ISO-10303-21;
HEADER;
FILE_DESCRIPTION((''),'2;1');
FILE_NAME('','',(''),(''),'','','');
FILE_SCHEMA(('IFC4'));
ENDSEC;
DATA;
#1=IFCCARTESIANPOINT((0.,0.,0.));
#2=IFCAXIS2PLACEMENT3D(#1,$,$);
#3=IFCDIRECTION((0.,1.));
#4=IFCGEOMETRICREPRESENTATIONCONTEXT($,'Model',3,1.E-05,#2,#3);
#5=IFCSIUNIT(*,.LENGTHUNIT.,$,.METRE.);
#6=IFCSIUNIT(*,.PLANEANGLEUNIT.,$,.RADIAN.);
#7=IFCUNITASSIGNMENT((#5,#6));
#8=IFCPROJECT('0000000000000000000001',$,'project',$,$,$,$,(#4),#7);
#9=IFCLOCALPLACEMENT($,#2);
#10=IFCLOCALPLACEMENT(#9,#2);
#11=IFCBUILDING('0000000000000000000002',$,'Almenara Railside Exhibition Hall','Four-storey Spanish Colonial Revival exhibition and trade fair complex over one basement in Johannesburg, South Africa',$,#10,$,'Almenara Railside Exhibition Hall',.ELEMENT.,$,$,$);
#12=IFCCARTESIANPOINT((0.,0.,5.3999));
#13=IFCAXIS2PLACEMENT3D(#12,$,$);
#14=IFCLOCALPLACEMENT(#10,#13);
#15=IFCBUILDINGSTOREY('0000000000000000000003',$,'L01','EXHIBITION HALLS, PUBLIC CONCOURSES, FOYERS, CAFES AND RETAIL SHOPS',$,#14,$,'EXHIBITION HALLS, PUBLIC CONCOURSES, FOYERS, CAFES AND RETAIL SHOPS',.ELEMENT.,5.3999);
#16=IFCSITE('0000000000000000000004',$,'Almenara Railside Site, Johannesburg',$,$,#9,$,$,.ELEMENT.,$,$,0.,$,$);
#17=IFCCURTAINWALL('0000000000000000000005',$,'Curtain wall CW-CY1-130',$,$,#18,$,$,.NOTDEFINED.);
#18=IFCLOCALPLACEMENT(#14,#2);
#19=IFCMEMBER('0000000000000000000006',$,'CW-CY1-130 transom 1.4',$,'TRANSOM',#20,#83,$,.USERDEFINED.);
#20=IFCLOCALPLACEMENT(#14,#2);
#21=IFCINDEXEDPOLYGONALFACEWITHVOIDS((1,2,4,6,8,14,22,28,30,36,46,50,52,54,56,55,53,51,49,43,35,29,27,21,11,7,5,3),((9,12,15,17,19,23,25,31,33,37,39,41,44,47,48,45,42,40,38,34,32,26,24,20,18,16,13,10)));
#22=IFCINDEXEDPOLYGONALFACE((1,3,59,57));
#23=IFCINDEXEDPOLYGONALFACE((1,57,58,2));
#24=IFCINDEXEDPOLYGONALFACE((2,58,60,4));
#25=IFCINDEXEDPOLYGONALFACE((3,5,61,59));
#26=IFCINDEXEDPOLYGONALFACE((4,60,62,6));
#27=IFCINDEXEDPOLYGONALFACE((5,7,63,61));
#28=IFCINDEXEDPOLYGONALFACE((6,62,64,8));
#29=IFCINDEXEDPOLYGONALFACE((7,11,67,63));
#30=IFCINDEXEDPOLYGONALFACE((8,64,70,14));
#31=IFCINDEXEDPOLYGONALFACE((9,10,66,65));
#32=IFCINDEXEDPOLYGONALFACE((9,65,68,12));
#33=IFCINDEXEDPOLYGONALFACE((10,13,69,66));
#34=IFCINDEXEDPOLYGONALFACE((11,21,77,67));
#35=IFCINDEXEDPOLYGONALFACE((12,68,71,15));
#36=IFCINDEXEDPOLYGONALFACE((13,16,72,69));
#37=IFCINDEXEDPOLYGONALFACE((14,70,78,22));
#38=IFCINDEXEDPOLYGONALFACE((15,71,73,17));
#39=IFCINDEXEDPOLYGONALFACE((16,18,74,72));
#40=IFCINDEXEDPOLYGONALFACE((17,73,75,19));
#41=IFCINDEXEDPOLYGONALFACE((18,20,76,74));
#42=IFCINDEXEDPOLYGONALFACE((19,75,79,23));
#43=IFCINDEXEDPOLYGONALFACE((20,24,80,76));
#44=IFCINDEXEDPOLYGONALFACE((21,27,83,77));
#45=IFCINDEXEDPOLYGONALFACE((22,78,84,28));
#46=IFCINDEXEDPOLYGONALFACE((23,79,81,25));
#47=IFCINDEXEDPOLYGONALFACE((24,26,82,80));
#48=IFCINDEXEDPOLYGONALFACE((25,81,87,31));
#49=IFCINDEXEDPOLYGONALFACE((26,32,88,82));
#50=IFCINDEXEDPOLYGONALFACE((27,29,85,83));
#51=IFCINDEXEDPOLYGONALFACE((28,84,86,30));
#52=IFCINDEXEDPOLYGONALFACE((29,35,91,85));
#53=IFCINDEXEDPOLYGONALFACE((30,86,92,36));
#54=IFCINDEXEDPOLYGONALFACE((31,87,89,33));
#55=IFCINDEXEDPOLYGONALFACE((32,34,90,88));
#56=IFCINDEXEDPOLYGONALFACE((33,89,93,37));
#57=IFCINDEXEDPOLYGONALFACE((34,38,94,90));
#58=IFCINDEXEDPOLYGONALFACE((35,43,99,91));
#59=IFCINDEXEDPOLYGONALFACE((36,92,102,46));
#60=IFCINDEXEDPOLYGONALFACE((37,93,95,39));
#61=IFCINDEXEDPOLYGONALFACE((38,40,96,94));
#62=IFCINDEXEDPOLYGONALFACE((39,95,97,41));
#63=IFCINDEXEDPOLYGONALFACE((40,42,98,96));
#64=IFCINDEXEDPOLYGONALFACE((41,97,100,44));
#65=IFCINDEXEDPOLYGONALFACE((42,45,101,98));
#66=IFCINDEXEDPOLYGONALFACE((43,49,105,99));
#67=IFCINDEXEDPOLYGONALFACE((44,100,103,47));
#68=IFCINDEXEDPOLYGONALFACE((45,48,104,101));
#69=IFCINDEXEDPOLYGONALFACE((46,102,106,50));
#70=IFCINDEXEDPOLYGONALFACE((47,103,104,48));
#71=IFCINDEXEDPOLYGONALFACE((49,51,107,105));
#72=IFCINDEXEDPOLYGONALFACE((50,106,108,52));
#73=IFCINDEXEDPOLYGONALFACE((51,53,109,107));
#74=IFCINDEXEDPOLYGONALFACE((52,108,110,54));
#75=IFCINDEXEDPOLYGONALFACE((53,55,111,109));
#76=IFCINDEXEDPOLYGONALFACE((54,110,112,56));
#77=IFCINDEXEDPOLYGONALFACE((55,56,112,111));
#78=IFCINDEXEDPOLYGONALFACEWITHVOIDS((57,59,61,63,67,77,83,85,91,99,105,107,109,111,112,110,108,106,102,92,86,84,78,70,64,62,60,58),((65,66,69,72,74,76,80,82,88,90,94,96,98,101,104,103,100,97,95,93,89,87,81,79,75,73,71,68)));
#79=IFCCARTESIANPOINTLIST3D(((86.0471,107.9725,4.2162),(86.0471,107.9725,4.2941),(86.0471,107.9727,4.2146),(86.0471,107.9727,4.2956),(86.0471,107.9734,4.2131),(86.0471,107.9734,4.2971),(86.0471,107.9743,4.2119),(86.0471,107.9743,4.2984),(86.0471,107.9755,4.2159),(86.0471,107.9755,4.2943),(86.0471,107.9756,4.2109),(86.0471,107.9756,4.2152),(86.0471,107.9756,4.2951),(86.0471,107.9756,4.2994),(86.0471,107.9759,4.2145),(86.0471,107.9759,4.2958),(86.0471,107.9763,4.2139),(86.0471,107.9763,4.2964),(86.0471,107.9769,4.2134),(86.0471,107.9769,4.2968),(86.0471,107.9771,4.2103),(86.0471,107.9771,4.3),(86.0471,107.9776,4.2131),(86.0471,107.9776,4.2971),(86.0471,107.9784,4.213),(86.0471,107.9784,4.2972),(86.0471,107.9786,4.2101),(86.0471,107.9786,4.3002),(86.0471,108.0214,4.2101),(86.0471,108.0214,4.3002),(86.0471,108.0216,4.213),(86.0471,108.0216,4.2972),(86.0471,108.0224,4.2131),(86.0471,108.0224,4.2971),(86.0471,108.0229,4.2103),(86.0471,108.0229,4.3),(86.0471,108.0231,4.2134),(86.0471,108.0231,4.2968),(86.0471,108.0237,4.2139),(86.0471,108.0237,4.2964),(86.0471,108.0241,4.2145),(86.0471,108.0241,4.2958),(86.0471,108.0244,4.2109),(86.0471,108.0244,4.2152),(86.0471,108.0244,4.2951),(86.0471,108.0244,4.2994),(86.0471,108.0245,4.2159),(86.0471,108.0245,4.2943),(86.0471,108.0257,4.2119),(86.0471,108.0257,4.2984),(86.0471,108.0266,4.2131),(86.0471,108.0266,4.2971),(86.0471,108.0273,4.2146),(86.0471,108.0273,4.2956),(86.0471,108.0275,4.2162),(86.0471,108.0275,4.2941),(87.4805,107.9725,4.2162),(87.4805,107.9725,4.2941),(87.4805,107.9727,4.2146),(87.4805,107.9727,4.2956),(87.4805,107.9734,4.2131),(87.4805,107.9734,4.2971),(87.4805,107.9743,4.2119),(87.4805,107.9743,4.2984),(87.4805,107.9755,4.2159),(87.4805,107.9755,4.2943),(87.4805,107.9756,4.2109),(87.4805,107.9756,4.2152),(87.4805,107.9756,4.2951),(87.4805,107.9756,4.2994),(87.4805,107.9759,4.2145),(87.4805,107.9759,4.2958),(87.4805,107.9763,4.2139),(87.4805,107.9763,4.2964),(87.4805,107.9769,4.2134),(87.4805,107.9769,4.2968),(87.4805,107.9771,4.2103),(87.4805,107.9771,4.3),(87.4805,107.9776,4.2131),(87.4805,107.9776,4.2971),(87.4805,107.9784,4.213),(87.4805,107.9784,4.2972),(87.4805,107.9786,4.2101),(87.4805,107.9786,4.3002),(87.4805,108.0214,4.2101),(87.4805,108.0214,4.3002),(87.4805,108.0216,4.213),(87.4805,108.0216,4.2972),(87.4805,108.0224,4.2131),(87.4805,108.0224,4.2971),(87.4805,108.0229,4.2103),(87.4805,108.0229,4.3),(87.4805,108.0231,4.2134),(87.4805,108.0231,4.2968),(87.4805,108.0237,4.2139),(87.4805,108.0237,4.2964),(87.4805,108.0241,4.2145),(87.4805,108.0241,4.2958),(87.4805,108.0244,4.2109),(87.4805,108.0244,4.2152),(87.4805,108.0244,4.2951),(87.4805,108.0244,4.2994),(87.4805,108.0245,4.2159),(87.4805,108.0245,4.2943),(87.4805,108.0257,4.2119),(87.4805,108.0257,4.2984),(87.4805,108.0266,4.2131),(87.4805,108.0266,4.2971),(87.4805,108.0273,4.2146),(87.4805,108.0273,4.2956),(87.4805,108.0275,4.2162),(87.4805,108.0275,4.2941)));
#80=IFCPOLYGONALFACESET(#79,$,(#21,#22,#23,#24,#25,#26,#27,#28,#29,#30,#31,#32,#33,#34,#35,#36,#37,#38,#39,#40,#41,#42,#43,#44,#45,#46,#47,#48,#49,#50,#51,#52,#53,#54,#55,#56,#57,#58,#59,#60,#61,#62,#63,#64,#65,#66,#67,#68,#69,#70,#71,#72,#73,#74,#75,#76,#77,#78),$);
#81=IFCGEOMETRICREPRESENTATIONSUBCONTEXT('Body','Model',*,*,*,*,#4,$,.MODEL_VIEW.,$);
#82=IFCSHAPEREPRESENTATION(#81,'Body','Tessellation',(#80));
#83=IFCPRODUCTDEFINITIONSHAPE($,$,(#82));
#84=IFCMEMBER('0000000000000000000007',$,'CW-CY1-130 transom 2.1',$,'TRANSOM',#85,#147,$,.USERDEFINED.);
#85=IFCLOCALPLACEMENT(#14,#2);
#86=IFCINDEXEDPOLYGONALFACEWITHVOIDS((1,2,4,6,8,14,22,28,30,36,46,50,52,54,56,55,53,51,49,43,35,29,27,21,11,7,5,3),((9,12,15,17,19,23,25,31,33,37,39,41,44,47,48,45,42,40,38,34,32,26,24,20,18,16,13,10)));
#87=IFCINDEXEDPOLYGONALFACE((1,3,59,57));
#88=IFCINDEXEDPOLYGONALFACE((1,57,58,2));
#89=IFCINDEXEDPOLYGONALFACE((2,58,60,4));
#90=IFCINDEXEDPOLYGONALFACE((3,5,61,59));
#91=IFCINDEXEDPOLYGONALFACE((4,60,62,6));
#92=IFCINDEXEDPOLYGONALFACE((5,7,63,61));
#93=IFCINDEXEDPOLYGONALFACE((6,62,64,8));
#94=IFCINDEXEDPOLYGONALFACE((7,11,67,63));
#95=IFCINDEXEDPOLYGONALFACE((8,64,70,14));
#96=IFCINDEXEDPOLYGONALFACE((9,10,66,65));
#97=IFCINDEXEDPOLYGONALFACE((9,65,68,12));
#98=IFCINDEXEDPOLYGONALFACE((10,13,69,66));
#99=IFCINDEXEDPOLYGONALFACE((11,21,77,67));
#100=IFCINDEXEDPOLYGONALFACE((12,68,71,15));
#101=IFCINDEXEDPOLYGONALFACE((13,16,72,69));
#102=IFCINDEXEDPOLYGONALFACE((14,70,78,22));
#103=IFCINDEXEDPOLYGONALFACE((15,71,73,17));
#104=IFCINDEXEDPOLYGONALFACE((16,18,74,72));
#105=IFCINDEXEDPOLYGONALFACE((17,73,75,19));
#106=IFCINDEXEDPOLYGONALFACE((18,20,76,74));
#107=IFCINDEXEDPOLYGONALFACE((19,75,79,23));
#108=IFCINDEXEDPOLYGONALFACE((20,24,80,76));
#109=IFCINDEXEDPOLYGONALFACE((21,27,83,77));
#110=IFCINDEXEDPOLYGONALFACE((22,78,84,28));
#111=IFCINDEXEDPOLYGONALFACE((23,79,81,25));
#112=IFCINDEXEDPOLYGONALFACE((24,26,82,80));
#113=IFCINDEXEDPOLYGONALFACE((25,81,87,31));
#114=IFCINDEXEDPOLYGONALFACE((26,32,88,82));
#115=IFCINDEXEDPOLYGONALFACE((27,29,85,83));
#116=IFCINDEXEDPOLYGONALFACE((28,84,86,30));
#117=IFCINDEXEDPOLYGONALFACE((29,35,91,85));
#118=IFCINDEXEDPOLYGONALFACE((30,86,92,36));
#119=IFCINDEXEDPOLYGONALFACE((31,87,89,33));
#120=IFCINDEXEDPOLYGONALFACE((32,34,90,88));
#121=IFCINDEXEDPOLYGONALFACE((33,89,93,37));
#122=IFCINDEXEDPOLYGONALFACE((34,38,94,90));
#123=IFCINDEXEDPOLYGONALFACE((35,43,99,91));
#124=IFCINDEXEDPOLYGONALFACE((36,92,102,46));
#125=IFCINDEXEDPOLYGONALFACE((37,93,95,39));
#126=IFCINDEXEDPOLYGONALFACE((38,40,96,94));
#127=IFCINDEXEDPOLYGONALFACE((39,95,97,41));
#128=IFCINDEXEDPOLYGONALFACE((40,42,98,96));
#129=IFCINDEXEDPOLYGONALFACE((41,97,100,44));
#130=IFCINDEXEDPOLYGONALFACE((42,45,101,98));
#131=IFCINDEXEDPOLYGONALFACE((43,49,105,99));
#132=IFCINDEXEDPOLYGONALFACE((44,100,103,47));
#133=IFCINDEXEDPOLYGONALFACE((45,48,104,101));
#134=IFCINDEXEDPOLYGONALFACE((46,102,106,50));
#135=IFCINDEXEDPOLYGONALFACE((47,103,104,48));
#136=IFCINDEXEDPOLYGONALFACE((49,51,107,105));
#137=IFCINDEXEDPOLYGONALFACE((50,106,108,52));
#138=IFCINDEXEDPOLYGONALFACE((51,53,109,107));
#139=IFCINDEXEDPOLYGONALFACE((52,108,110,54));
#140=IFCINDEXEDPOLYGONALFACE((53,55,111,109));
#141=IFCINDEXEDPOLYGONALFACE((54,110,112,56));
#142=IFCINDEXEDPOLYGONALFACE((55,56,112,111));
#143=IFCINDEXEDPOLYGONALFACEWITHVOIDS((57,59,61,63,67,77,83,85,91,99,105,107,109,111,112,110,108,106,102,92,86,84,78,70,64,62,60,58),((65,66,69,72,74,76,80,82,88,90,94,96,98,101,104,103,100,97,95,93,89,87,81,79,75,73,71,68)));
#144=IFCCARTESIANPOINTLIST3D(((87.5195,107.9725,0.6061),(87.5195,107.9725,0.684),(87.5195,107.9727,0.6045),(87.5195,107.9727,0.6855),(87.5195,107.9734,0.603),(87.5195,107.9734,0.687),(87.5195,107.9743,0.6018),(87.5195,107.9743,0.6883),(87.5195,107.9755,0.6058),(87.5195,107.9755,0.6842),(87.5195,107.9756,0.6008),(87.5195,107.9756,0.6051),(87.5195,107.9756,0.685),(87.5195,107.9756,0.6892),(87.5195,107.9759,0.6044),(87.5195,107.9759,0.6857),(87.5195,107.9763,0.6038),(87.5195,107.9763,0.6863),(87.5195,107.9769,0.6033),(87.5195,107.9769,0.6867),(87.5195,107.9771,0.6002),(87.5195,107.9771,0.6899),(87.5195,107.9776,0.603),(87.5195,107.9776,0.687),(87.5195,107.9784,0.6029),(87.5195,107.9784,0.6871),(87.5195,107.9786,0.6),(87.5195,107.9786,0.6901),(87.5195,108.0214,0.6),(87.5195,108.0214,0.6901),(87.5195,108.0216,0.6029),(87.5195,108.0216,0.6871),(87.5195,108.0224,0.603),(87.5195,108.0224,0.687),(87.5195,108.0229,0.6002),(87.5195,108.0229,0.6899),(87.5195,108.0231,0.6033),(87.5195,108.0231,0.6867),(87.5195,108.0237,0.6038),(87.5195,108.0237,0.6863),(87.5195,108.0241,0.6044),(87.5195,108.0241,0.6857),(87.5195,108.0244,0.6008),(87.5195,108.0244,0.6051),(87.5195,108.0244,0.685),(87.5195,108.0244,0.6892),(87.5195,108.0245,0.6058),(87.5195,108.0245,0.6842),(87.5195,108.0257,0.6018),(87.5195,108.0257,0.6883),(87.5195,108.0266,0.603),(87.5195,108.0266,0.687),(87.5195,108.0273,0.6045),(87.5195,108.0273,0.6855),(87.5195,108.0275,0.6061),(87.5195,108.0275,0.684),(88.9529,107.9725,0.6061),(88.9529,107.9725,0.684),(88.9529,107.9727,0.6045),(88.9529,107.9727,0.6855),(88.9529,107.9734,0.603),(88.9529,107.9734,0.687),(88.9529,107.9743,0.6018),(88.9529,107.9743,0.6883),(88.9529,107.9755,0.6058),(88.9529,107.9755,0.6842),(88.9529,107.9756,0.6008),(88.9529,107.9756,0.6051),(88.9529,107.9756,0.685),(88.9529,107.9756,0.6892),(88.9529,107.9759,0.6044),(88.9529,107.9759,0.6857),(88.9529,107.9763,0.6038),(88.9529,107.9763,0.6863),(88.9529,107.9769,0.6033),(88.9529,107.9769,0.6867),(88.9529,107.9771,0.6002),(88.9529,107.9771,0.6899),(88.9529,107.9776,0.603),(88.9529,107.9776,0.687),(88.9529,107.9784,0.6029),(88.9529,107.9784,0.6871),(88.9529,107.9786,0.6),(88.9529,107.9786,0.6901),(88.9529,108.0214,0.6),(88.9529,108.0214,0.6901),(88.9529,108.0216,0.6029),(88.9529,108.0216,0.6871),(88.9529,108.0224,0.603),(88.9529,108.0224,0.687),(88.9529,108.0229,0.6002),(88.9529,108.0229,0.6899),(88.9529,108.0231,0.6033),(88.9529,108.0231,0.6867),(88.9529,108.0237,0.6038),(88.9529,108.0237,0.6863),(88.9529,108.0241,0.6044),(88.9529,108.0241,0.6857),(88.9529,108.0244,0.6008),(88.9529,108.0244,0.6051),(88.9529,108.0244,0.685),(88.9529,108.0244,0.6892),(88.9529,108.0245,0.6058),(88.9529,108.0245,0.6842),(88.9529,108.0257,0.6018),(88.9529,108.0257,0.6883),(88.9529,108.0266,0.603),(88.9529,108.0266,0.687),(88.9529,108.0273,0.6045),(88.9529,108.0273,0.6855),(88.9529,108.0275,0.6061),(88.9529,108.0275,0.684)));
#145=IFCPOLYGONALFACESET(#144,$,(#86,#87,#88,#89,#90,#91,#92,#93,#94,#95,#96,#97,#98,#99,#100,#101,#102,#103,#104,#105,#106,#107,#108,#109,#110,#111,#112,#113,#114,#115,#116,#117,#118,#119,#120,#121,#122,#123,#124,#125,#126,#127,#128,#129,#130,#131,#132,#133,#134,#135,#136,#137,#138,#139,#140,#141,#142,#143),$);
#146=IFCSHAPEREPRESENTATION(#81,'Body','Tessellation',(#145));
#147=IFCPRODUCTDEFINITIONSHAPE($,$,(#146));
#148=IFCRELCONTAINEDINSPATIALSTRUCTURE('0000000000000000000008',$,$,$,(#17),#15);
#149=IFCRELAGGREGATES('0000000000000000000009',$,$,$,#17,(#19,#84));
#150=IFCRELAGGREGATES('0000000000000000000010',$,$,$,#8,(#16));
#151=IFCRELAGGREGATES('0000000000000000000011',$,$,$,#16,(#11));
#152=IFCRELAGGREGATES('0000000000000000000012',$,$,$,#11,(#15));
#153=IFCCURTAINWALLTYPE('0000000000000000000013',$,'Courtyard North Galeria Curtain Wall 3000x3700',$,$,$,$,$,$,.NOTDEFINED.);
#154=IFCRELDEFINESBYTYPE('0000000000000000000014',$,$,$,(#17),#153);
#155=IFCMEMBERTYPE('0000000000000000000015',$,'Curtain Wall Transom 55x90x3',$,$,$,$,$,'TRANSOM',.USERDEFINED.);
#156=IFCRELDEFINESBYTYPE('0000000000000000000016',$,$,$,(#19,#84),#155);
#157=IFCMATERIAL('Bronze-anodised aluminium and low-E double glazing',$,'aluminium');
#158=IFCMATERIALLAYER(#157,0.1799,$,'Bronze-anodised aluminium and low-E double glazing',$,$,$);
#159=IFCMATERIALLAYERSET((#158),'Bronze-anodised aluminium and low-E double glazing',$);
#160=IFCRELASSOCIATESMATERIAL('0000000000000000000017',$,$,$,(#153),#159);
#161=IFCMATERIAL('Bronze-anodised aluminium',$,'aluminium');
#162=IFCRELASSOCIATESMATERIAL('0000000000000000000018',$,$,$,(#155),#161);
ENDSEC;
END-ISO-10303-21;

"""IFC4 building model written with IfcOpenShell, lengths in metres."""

from ifc_helpers import new_model, si_unit, direction, frame, origin, origin_2d, place, context, subcontext, project, spatial, hollow_rectangle, extrude, material, layer, layer_set, material_profile, profile_set, type_object, element, aggregate, save


model = new_model("IFC4")

# Units and contexts
model_context = context("Model", 3, precision=1e-05, world=origin(), true_north=direction((0.0, 1.0)))
body_context = subcontext(model_context, "Body", "Model", "MODEL_VIEW")
ifc_project = project(units=[si_unit("LENGTHUNIT", "METRE"), si_unit("PLANEANGLEUNIT", "RADIAN")], contexts=[model_context])

# Site, building, storey
site_placement = place(None, origin())
site = spatial("IfcSite", under=ifc_project, at=site_placement, Name="Almenara Railside Site, Johannesburg", CompositionType="ELEMENT", RefElevation=0.0)
building_placement = place(site_placement, origin())
building = spatial("IfcBuilding", under=site, at=building_placement, Name="Almenara Railside Exhibition Hall", Description="Four-storey Spanish Colonial Revival exhibition and trade fair complex over one basement in Johannesburg, South Africa", LongName="Almenara Railside Exhibition Hall", CompositionType="ELEMENT")
storey_placement = place(building_placement, frame((0.0, 0.0, 5.3999)))
storey = spatial("IfcBuildingStorey", under=building, at=storey_placement, Name="L01", Description="EXHIBITION HALLS, PUBLIC CONCOURSES, FOYERS, CAFES AND RETAIL SHOPS", LongName="EXHIBITION HALLS, PUBLIC CONCOURSES, FOYERS, CAFES AND RETAIL SHOPS", CompositionType="ELEMENT", Elevation=5.3999)

# Curtain wall, members
ifc_material_1 = material(Name="Bronze-anodised aluminium and low-E double glazing", Category="aluminium")
ifc_layer_1 = layer(ifc_material_1, 0.1799, Name="Bronze-anodised aluminium and low-E double glazing")
ifc_layer_set_1 = layer_set([ifc_layer_1], Name="Bronze-anodised aluminium and low-E double glazing")
curtain_wall_type = type_object("IfcCurtainWallType", Name="Courtyard North Galeria Curtain Wall 3000x3700", PredefinedType="NOTDEFINED", material=ifc_layer_set_1)
curtain_wall_placement = place(storey_placement, origin())
curtain_wall = element("IfcCurtainWall", 1, at=curtain_wall_placement, inside=storey, type_object=curtain_wall_type, Name="Curtain wall CW-CY1-130", PredefinedType="NOTDEFINED")
ifc_material_2 = material(Name="Bronze-anodised aluminium", Category="aluminium")
ifc_material_profile_1 = material_profile(ifc_material_2, hollow_rectangle(XDim=0.0549, YDim=0.0901, WallThickness=0.0029, InnerFilletRadius=0.0029, OuterFilletRadius=0.0061, at=origin_2d()), Name="ALU-TRN 55x90x3")
ifc_profile_set_1 = profile_set([ifc_material_profile_1], Name="Bronze-anodised aluminium")
member_type_1 = type_object("IfcMemberType", Name="Curtain Wall Transom 55x90x3", ElementType="TRANSOM", PredefinedType="USERDEFINED", material=ifc_profile_set_1)
member_1_placement = place(storey_placement, frame((86.0471, 108.0, 4.2551), z_axis=(1.0, 0.0, 0.0), x_axis=(0.0, 1.0, 0.0)))
member_1 = element("IfcMember", 2, at=member_1_placement, type_object=member_type_1, Name="CW-CY1-130 transom 1.4", ObjectType="TRANSOM", PredefinedType="USERDEFINED", context=body_context, shape_type="SweptSolid", body=[
    extrude(hollow_rectangle(XDim=0.0549, YDim=0.0901, WallThickness=0.0029, InnerFilletRadius=0.0029, OuterFilletRadius=0.0061, at=origin_2d()), origin(), (0.0, 0.0, 1.0), 1.4333),
])
member_2_placement = place(storey_placement, frame((87.5195, 108.0, 0.645), z_axis=(1.0, 0.0, 0.0), x_axis=(0.0, 1.0, 0.0)))
member_2 = element("IfcMember", 3, at=member_2_placement, type_object=member_type_1, Name="CW-CY1-130 transom 2.1", ObjectType="TRANSOM", PredefinedType="USERDEFINED", context=body_context, shape_type="SweptSolid", body=[
    extrude(hollow_rectangle(XDim=0.0549, YDim=0.0901, WallThickness=0.0029, InnerFilletRadius=0.0029, OuterFilletRadius=0.0061, at=origin_2d()), origin(), (0.0, 0.0, 1.0), 1.4333),
])

aggregate(curtain_wall, [member_1, member_2])

save(model, "model.ifc")
